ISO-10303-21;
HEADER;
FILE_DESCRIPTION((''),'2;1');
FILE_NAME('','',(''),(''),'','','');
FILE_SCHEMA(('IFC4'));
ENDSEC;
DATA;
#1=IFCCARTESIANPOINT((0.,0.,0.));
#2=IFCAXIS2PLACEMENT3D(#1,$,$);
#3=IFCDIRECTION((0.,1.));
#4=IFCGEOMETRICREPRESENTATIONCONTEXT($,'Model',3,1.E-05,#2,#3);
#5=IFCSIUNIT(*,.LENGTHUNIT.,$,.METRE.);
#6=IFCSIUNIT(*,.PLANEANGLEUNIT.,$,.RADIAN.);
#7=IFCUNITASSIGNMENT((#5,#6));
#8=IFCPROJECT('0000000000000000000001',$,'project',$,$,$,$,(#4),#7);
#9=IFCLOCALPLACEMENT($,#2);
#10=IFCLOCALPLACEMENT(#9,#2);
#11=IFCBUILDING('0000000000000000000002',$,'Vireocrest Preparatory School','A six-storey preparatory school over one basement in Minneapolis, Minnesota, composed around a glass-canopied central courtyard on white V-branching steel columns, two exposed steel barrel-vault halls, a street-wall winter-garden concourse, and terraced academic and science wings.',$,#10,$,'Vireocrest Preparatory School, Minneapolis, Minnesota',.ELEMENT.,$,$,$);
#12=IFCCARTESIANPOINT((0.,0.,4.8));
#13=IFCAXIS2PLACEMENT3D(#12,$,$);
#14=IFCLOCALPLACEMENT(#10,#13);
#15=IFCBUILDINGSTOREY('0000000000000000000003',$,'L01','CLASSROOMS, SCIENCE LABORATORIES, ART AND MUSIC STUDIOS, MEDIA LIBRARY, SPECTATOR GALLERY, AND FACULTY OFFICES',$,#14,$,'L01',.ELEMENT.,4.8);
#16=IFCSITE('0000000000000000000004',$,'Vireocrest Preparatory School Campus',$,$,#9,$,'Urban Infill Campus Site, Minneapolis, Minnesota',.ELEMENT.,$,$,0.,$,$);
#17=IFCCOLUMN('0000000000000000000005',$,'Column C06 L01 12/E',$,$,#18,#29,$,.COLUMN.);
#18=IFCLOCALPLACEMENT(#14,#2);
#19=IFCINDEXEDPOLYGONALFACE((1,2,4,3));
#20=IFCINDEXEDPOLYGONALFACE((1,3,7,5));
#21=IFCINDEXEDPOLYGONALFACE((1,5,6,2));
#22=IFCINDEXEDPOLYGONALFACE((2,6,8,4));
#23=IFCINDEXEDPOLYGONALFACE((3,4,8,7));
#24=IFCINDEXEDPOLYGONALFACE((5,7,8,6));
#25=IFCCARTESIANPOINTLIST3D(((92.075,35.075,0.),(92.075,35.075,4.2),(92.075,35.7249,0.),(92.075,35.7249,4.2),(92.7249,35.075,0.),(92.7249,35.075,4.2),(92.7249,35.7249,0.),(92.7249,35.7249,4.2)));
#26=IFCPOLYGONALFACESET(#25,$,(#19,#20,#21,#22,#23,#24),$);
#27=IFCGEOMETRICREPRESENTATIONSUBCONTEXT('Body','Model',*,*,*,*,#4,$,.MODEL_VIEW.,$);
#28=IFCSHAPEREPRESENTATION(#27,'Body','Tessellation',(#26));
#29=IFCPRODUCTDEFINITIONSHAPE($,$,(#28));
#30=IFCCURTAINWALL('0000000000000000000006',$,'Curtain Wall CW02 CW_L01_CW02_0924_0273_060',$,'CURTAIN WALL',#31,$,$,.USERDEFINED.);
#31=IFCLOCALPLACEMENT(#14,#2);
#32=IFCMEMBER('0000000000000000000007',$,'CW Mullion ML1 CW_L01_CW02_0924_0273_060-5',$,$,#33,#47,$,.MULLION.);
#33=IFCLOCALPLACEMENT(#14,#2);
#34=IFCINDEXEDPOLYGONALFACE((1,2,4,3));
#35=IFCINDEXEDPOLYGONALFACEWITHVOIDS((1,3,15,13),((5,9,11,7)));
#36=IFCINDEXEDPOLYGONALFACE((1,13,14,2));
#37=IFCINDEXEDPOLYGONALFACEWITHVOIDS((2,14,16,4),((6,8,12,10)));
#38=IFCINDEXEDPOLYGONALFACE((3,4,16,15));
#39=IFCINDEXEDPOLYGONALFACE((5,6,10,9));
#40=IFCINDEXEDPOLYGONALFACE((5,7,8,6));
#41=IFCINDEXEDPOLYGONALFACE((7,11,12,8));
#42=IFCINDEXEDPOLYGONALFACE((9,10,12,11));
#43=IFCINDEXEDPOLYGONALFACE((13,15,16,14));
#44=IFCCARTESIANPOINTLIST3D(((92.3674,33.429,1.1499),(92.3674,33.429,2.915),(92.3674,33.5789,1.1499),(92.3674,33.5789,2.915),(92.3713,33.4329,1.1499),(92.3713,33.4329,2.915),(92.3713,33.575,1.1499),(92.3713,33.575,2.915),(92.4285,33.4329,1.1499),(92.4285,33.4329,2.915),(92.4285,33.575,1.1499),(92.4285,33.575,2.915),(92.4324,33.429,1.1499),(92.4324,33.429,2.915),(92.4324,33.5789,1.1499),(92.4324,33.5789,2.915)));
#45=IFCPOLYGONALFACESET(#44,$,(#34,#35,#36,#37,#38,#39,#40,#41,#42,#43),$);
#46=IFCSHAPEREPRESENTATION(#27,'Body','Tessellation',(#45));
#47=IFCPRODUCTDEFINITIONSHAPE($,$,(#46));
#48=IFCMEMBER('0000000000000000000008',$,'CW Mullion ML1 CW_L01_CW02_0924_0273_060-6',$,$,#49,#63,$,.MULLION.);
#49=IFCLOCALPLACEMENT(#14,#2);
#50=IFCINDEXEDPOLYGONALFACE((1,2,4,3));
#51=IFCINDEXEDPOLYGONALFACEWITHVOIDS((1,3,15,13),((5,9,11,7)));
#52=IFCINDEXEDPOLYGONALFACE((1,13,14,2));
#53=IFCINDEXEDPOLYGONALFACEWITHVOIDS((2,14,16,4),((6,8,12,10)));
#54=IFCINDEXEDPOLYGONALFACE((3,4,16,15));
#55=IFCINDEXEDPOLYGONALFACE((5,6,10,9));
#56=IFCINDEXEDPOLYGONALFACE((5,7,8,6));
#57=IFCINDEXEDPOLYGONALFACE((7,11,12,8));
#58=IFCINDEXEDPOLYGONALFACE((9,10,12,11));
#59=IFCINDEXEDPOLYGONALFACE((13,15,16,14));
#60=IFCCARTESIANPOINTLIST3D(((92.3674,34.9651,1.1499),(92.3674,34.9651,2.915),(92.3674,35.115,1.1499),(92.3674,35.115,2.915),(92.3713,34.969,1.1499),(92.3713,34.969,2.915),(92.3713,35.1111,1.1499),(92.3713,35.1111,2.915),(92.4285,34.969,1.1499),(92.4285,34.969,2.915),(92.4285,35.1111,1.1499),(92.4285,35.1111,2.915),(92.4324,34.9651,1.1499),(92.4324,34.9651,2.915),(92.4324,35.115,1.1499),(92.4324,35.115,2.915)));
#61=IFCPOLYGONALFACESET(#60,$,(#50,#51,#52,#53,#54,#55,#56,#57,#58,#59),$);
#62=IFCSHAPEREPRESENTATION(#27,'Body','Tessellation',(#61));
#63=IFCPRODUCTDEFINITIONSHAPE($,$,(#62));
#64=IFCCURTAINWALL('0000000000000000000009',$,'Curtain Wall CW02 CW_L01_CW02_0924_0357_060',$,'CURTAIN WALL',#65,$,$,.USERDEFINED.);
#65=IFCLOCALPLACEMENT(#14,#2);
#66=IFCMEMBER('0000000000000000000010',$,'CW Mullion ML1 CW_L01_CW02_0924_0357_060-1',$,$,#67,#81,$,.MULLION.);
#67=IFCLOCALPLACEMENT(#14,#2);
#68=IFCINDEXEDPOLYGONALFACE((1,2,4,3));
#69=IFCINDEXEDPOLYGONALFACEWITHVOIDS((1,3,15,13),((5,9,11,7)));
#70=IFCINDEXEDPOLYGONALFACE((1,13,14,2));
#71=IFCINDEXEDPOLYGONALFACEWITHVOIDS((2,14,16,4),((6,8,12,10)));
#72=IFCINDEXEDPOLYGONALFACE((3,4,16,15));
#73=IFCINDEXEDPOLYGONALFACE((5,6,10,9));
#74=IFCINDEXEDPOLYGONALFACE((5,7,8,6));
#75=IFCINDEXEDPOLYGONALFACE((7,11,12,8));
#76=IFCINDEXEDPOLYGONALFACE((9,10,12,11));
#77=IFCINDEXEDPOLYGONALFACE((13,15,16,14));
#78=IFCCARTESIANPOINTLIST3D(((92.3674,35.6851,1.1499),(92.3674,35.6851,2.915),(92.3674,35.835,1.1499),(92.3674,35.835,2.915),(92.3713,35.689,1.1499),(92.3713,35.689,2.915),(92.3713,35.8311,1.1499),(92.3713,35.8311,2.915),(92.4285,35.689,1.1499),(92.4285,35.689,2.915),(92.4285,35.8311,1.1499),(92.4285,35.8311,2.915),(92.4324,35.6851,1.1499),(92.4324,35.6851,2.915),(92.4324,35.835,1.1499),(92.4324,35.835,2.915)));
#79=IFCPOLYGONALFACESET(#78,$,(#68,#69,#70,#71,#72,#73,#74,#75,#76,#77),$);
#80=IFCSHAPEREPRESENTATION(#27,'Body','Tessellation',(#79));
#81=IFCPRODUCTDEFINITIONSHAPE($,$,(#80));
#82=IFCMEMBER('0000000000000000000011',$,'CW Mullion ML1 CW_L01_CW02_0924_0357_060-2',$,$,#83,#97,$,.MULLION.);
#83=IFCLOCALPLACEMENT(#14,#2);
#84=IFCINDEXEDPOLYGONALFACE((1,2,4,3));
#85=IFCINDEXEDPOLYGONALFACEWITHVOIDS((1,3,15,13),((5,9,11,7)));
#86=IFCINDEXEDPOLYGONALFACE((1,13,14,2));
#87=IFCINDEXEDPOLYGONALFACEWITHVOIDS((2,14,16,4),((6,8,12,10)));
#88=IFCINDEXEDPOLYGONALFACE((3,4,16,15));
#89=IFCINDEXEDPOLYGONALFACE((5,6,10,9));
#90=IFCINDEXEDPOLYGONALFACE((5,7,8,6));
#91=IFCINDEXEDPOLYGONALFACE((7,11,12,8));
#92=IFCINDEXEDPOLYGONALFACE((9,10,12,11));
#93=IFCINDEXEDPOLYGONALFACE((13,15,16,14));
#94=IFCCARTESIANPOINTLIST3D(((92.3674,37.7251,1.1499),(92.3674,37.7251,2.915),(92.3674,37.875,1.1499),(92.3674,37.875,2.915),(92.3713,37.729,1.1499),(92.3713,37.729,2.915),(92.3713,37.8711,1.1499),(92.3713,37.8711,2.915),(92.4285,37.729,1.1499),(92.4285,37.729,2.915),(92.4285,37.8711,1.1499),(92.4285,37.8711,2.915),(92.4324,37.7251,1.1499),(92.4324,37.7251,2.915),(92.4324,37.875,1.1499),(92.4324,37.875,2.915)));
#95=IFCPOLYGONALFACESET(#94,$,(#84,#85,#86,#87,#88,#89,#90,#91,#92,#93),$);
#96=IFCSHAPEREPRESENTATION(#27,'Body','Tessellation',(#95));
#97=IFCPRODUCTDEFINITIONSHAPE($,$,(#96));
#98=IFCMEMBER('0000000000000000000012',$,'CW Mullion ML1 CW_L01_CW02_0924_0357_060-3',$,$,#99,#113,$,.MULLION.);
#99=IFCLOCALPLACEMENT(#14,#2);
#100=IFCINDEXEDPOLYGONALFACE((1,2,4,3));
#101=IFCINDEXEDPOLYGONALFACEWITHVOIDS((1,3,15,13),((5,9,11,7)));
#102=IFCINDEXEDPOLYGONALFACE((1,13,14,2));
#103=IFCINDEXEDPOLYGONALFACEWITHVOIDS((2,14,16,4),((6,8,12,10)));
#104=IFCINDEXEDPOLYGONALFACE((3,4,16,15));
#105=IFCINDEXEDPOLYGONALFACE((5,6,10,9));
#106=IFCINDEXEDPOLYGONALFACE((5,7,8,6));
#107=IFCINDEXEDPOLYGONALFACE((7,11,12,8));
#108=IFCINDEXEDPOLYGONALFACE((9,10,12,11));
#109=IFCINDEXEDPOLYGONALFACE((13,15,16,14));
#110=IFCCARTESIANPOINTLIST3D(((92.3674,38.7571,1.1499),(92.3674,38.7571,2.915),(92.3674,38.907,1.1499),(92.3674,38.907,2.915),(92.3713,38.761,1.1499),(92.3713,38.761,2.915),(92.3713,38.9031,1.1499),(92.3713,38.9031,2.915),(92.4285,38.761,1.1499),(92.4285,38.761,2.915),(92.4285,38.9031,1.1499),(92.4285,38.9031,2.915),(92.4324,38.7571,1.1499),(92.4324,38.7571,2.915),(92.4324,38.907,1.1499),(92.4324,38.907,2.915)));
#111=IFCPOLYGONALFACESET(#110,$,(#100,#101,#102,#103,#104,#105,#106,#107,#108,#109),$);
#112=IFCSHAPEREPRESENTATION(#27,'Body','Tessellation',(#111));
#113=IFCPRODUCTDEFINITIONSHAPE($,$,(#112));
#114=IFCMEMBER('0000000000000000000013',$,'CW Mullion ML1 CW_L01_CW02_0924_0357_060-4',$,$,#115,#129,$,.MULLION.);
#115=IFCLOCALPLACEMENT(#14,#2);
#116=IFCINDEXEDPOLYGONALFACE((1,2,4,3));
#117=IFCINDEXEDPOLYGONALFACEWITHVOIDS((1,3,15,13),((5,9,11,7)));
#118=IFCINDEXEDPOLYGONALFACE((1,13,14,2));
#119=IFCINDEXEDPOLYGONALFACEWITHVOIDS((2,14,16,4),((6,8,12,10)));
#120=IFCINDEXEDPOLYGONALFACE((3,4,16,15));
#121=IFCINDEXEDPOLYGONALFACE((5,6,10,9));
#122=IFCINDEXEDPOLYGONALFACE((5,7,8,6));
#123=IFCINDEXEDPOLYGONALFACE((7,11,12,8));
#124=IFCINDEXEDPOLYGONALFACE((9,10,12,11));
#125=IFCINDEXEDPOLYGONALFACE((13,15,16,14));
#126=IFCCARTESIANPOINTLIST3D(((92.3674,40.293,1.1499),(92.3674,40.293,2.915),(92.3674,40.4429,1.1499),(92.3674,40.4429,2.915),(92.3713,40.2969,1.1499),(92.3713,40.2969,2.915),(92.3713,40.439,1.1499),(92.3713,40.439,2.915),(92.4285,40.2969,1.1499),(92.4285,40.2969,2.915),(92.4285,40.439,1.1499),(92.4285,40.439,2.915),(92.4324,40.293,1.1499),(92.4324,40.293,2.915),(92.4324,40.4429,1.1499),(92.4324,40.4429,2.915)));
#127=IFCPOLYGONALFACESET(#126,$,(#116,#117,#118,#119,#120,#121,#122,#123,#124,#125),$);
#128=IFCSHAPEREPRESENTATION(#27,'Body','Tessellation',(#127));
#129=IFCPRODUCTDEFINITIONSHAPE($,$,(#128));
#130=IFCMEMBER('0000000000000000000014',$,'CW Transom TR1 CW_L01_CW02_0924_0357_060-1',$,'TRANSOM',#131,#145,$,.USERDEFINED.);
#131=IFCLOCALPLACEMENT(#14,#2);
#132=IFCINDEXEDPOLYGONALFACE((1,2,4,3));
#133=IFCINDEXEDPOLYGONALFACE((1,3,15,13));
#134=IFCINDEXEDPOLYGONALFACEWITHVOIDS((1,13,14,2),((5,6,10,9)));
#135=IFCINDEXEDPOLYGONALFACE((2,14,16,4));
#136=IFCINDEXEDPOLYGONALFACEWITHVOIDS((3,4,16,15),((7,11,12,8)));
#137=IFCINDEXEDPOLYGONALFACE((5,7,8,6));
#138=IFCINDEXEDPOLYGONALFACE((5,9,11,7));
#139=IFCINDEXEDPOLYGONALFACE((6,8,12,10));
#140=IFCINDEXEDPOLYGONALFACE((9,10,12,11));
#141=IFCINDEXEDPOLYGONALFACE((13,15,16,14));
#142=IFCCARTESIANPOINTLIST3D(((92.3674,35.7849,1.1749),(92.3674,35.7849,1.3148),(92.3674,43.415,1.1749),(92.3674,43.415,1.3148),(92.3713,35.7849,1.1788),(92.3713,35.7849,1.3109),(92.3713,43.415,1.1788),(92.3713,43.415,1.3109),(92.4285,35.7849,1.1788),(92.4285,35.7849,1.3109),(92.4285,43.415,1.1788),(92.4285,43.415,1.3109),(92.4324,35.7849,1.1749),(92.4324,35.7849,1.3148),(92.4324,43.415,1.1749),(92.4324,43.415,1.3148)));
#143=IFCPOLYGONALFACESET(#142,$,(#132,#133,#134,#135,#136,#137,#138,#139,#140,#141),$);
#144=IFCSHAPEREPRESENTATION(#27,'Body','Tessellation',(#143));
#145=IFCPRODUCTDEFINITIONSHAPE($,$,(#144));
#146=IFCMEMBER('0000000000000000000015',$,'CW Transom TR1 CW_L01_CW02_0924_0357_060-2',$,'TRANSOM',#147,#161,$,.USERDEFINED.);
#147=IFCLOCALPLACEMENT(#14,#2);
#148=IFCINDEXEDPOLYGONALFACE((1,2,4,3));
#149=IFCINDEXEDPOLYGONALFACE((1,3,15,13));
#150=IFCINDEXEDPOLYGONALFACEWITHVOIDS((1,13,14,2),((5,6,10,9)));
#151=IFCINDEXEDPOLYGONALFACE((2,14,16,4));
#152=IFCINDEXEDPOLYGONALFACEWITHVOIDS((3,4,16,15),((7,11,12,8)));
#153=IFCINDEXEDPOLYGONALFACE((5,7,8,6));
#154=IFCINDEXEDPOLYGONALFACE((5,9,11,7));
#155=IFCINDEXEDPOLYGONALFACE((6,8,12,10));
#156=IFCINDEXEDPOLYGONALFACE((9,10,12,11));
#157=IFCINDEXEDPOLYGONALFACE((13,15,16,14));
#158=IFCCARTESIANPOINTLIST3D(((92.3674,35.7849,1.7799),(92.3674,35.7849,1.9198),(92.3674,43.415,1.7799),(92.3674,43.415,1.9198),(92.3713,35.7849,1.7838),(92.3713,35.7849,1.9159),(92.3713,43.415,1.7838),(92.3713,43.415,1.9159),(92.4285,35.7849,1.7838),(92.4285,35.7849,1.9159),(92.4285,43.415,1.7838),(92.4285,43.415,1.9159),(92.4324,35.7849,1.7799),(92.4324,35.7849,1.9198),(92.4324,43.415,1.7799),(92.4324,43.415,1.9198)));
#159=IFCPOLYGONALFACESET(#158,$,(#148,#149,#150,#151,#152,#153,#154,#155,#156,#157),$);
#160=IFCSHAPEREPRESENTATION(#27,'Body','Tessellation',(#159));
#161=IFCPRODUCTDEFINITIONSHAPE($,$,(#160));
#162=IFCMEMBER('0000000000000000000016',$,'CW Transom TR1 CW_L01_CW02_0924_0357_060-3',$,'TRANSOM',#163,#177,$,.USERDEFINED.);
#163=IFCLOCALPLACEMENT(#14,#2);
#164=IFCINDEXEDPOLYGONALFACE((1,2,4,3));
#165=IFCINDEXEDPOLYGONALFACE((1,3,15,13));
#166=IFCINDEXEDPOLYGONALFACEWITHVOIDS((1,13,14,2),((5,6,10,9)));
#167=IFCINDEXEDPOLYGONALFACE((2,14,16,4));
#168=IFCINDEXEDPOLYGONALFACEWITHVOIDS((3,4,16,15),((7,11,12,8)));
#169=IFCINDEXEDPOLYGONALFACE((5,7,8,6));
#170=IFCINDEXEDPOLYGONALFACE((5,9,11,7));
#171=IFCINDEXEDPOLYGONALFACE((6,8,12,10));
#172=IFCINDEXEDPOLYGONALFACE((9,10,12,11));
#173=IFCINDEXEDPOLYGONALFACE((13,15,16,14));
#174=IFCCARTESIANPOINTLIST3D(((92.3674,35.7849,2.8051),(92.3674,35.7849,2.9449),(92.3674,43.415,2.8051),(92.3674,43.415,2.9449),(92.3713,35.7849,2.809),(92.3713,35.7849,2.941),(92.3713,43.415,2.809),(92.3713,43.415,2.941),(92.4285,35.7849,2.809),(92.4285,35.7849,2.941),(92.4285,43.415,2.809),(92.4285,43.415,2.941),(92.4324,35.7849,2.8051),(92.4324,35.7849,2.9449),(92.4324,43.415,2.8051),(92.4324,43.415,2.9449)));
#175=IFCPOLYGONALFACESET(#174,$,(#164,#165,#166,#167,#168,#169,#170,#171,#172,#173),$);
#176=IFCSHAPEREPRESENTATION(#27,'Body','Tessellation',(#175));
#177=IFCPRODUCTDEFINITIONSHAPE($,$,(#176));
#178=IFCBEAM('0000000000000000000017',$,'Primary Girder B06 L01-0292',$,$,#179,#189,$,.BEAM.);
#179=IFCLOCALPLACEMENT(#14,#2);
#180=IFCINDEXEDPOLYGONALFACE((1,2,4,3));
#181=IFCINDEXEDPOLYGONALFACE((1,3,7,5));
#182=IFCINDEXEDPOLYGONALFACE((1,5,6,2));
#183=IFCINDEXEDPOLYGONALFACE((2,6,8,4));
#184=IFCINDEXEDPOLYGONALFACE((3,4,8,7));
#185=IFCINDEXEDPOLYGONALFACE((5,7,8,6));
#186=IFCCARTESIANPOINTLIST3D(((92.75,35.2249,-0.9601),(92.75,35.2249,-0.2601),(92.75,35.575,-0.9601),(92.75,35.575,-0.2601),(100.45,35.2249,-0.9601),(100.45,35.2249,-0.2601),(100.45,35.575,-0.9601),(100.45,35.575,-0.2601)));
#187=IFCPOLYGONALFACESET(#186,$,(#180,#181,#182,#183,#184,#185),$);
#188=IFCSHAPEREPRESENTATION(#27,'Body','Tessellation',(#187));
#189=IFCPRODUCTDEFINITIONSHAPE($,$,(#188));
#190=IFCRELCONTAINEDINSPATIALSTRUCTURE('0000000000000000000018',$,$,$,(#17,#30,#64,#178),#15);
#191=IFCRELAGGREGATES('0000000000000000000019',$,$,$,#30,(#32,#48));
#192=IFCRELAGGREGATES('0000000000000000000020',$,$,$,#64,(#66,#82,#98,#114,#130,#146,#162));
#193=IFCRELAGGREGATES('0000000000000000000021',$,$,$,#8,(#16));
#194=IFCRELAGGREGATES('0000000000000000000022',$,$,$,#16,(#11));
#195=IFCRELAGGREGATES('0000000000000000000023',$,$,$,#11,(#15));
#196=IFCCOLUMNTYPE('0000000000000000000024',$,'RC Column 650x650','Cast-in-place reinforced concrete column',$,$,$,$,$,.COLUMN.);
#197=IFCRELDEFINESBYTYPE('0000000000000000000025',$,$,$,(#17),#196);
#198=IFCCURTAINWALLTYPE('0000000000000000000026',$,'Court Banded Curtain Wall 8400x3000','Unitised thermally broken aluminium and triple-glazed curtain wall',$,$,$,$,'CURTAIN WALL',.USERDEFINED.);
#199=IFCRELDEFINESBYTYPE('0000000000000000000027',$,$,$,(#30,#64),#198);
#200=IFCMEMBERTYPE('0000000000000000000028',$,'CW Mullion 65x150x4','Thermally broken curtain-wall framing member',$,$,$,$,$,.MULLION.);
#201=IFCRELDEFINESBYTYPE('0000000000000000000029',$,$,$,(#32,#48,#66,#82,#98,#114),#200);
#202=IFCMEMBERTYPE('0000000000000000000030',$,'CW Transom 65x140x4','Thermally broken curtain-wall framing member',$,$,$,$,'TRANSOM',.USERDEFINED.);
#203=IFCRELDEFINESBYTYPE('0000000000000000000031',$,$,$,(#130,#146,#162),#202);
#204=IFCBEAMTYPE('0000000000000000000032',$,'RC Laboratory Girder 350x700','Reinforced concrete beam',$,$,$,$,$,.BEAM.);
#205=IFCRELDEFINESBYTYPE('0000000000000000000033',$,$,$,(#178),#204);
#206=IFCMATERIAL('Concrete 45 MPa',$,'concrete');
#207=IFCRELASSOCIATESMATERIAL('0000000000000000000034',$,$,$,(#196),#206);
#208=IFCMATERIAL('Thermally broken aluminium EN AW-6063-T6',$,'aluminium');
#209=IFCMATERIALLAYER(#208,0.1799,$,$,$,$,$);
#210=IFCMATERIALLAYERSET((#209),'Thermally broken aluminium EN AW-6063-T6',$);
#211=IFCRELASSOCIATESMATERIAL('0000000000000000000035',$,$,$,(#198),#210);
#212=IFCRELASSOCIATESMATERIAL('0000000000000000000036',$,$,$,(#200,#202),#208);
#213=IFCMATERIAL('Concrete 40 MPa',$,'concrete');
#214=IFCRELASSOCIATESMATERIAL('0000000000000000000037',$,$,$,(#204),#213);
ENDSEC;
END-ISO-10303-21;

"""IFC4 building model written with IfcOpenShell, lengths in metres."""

from ifc_helpers import new_model, si_unit, direction, frame, origin, origin_2d, place, context, subcontext, project, spatial, rectangle, hollow_rectangle, extrude, material, layer, layer_set, material_profile, profile_set, type_object, element, aggregate, save


model = new_model("IFC4")

# Units and contexts
model_context = context("Model", 3, precision=1e-05, world=origin(), true_north=direction((0.0, 1.0)))
body_context = subcontext(model_context, "Body", "Model", "MODEL_VIEW")
ifc_project = project(units=[si_unit("LENGTHUNIT", "METRE"), si_unit("PLANEANGLEUNIT", "RADIAN")], contexts=[model_context])

# Site, building, storey
site_placement = place(None, origin())
site = spatial("IfcSite", under=ifc_project, at=site_placement, Name="Vireocrest Preparatory School Campus", LongName="Urban Infill Campus Site, Minneapolis, Minnesota", CompositionType="ELEMENT", RefElevation=0.0)
building_placement = place(site_placement, origin())
building = spatial("IfcBuilding", under=site, at=building_placement, Name="Vireocrest Preparatory School", Description="A six-storey preparatory school over one basement in Minneapolis, Minnesota, composed around a glass-canopied central courtyard on white V-branching steel columns, two exposed steel barrel-vault halls, a street-wall winter-garden concourse, and terraced academic and science wings.", LongName="Vireocrest Preparatory School, Minneapolis, Minnesota", CompositionType="ELEMENT")
storey_placement = place(building_placement, frame((0.0, 0.0, 4.8)))
storey = spatial("IfcBuildingStorey", under=building, at=storey_placement, Name="L01", Description="CLASSROOMS, SCIENCE LABORATORIES, ART AND MUSIC STUDIOS, MEDIA LIBRARY, SPECTATOR GALLERY, AND FACULTY OFFICES", LongName="L01", CompositionType="ELEMENT", Elevation=4.8)

# Column
ifc_material_1 = material(Name="Concrete 45 MPa", Category="concrete")
ifc_material_profile_1 = material_profile(ifc_material_1, rectangle(XDim=0.6499, YDim=0.6499, at=origin_2d()), Name="RC 650x650")
ifc_profile_set_1 = profile_set([ifc_material_profile_1], Name="Concrete 45 MPa")
column_type = type_object("IfcColumnType", Name="RC Column 650x650", Description="Cast-in-place reinforced concrete column", PredefinedType="COLUMN", material=ifc_profile_set_1)
column_placement = place(storey_placement, frame((92.3999, 35.3999, 0.0), z_axis=(0.0, 0.0, 1.0), x_axis=(1.0, 0.0, 0.0)))
element("IfcColumn", 1, at=column_placement, inside=storey, type_object=column_type, Name="Column C06 L01 12/E", PredefinedType="COLUMN", context=body_context, shape_type="SweptSolid", body=[
    extrude(rectangle(XDim=0.6499, YDim=0.6499, at=origin_2d()), origin(), (0.0, 0.0, 1.0), 4.2),
])

# Curtain walls, members
ifc_material_2 = material(Name="Thermally broken aluminium EN AW-6063-T6", Category="aluminium")
ifc_layer_1 = layer(ifc_material_2, 0.1799)
ifc_layer_set_1 = layer_set([ifc_layer_1], Name="Thermally broken aluminium EN AW-6063-T6")
curtain_wall_type = type_object("IfcCurtainWallType", Name="Court Banded Curtain Wall 8400x3000", Description="Unitised thermally broken aluminium and triple-glazed curtain wall", ElementType="CURTAIN WALL", PredefinedType="USERDEFINED", material=ifc_layer_set_1)
curtain_wall_1_placement = place(storey_placement, origin())
curtain_wall_1 = element("IfcCurtainWall", 2, at=curtain_wall_1_placement, inside=storey, type_object=curtain_wall_type, Name="Curtain Wall CW02 CW_L01_CW02_0924_0273_060", ObjectType="CURTAIN WALL", PredefinedType="USERDEFINED")
ifc_material_profile_2 = material_profile(ifc_material_2, hollow_rectangle(XDim=0.0649, YDim=0.1499, WallThickness=0.0039, at=origin_2d()), Name="ALU 65x150x4")
ifc_profile_set_2 = profile_set([ifc_material_profile_2], Name="Thermally broken aluminium EN AW-6063-T6")
member_type_1 = type_object("IfcMemberType", Name="CW Mullion 65x150x4", Description="Thermally broken curtain-wall framing member", PredefinedType="MULLION", material=ifc_profile_set_2)
member_1_placement = place(storey_placement, frame((92.3999, 33.5039, 1.1499), z_axis=(0.0, 0.0, 1.0), x_axis=(1.0, 0.0, 0.0)))
member_1 = element("IfcMember", 3, at=member_1_placement, type_object=member_type_1, Name="CW Mullion ML1 CW_L01_CW02_0924_0273_060-5", PredefinedType="MULLION", context=body_context, shape_type="SweptSolid", body=[
    extrude(hollow_rectangle(XDim=0.0649, YDim=0.1499, WallThickness=0.0039, at=origin_2d()), origin(), (0.0, 0.0, 1.0), 1.7651),
])
member_2_placement = place(storey_placement, frame((92.3999, 35.04, 1.1499), z_axis=(0.0, 0.0, 1.0), x_axis=(1.0, 0.0, 0.0)))
member_2 = element("IfcMember", 4, at=member_2_placement, type_object=member_type_1, Name="CW Mullion ML1 CW_L01_CW02_0924_0273_060-6", PredefinedType="MULLION", context=body_context, shape_type="SweptSolid", body=[
    extrude(hollow_rectangle(XDim=0.0649, YDim=0.1499, WallThickness=0.0039, at=origin_2d()), origin(), (0.0, 0.0, 1.0), 1.7651),
])
curtain_wall_2_placement = place(storey_placement, origin())
curtain_wall_2 = element("IfcCurtainWall", 5, at=curtain_wall_2_placement, inside=storey, type_object=curtain_wall_type, Name="Curtain Wall CW02 CW_L01_CW02_0924_0357_060", ObjectType="CURTAIN WALL", PredefinedType="USERDEFINED")
member_3_placement = place(storey_placement, frame((92.3999, 35.76, 1.1499), z_axis=(0.0, 0.0, 1.0), x_axis=(1.0, 0.0, 0.0)))
member_3 = element("IfcMember", 6, at=member_3_placement, type_object=member_type_1, Name="CW Mullion ML1 CW_L01_CW02_0924_0357_060-1", PredefinedType="MULLION", context=body_context, shape_type="SweptSolid", body=[
    extrude(hollow_rectangle(XDim=0.0649, YDim=0.1499, WallThickness=0.0039, at=origin_2d()), origin(), (0.0, 0.0, 1.0), 1.7651),
])
member_4_placement = place(storey_placement, frame((92.3999, 37.8, 1.1499), z_axis=(0.0, 0.0, 1.0), x_axis=(1.0, 0.0, 0.0)))
member_4 = element("IfcMember", 7, at=member_4_placement, type_object=member_type_1, Name="CW Mullion ML1 CW_L01_CW02_0924_0357_060-2", PredefinedType="MULLION", context=body_context, shape_type="SweptSolid", body=[
    extrude(hollow_rectangle(XDim=0.0649, YDim=0.1499, WallThickness=0.0039, at=origin_2d()), origin(), (0.0, 0.0, 1.0), 1.7651),
])
member_5_placement = place(storey_placement, frame((92.3999, 38.832, 1.1499), z_axis=(0.0, 0.0, 1.0), x_axis=(1.0, 0.0, 0.0)))
member_5 = element("IfcMember", 8, at=member_5_placement, type_object=member_type_1, Name="CW Mullion ML1 CW_L01_CW02_0924_0357_060-3", PredefinedType="MULLION", context=body_context, shape_type="SweptSolid", body=[
    extrude(hollow_rectangle(XDim=0.0649, YDim=0.1499, WallThickness=0.0039, at=origin_2d()), origin(), (0.0, 0.0, 1.0), 1.7651),
])
member_6_placement = place(storey_placement, frame((92.3999, 40.3679, 1.1499), z_axis=(0.0, 0.0, 1.0), x_axis=(1.0, 0.0, 0.0)))
member_6 = element("IfcMember", 9, at=member_6_placement, type_object=member_type_1, Name="CW Mullion ML1 CW_L01_CW02_0924_0357_060-4", PredefinedType="MULLION", context=body_context, shape_type="SweptSolid", body=[
    extrude(hollow_rectangle(XDim=0.0649, YDim=0.1499, WallThickness=0.0039, at=origin_2d()), origin(), (0.0, 0.0, 1.0), 1.7651),
])
ifc_material_profile_3 = material_profile(ifc_material_2, hollow_rectangle(XDim=0.0649, YDim=0.1399, WallThickness=0.0039, at=origin_2d()), Name="ALU 65x140x4")
ifc_profile_set_3 = profile_set([ifc_material_profile_3], Name="Thermally broken aluminium EN AW-6063-T6")
member_type_2 = type_object("IfcMemberType", Name="CW Transom 65x140x4", Description="Thermally broken curtain-wall framing member", ElementType="TRANSOM", PredefinedType="USERDEFINED", material=ifc_profile_set_3)
member_7_placement = place(storey_placement, frame((92.3999, 35.7849, 1.2449), z_axis=(0.0, 1.0, 0.0), x_axis=(-1.0, 0.0, 0.0)))
member_7 = element("IfcMember", 10, at=member_7_placement, type_object=member_type_2, Name="CW Transom TR1 CW_L01_CW02_0924_0357_060-1", ObjectType="TRANSOM", PredefinedType="USERDEFINED", context=body_context, shape_type="SweptSolid", body=[
    extrude(hollow_rectangle(XDim=0.0649, YDim=0.1399, WallThickness=0.0039, at=origin_2d()), origin(), (0.0, 0.0, 1.0), 7.6301),
])
member_8_placement = place(storey_placement, frame((92.3999, 35.7849, 1.8499), z_axis=(0.0, 1.0, 0.0), x_axis=(-1.0, 0.0, 0.0)))
member_8 = element("IfcMember", 11, at=member_8_placement, type_object=member_type_2, Name="CW Transom TR1 CW_L01_CW02_0924_0357_060-2", ObjectType="TRANSOM", PredefinedType="USERDEFINED", context=body_context, shape_type="SweptSolid", body=[
    extrude(hollow_rectangle(XDim=0.0649, YDim=0.1399, WallThickness=0.0039, at=origin_2d()), origin(), (0.0, 0.0, 1.0), 7.6301),
])
member_9_placement = place(storey_placement, frame((92.3999, 35.7849, 2.875), z_axis=(0.0, 1.0, 0.0), x_axis=(-1.0, 0.0, 0.0)))
member_9 = element("IfcMember", 12, at=member_9_placement, type_object=member_type_2, Name="CW Transom TR1 CW_L01_CW02_0924_0357_060-3", ObjectType="TRANSOM", PredefinedType="USERDEFINED", context=body_context, shape_type="SweptSolid", body=[
    extrude(hollow_rectangle(XDim=0.0649, YDim=0.1399, WallThickness=0.0039, at=origin_2d()), origin(), (0.0, 0.0, 1.0), 7.6301),
])

# Beam
ifc_material_3 = material(Name="Concrete 40 MPa", Category="concrete")
ifc_material_profile_4 = material_profile(ifc_material_3, rectangle(XDim=0.3501, YDim=0.7, at=origin_2d()), Name="RC 350x700")
ifc_profile_set_4 = profile_set([ifc_material_profile_4], Name="Concrete 40 MPa")
beam_type_1 = type_object("IfcBeamType", Name="RC Laboratory Girder 350x700", Description="Reinforced concrete beam", PredefinedType="BEAM", material=ifc_profile_set_4)
beam_1_placement = place(storey_placement, frame((92.75, 35.3999, -0.6101), z_axis=(1.0, 0.0, 0.0), x_axis=(0.0, 1.0, 0.0)))
element("IfcBeam", 13, at=beam_1_placement, inside=storey, type_object=beam_type_1, Name="Primary Girder B06 L01-0292", PredefinedType="BEAM", context=body_context, shape_type="SweptSolid", body=[
    extrude(rectangle(XDim=0.3501, YDim=0.7, at=origin_2d()), origin(), (0.0, 0.0, 1.0), 7.7),
])

aggregate(curtain_wall_1, [member_1, member_2])
aggregate(curtain_wall_2, [member_3, member_4, member_5, member_6, member_7, member_8, member_9])

save(model, "model.ifc")
